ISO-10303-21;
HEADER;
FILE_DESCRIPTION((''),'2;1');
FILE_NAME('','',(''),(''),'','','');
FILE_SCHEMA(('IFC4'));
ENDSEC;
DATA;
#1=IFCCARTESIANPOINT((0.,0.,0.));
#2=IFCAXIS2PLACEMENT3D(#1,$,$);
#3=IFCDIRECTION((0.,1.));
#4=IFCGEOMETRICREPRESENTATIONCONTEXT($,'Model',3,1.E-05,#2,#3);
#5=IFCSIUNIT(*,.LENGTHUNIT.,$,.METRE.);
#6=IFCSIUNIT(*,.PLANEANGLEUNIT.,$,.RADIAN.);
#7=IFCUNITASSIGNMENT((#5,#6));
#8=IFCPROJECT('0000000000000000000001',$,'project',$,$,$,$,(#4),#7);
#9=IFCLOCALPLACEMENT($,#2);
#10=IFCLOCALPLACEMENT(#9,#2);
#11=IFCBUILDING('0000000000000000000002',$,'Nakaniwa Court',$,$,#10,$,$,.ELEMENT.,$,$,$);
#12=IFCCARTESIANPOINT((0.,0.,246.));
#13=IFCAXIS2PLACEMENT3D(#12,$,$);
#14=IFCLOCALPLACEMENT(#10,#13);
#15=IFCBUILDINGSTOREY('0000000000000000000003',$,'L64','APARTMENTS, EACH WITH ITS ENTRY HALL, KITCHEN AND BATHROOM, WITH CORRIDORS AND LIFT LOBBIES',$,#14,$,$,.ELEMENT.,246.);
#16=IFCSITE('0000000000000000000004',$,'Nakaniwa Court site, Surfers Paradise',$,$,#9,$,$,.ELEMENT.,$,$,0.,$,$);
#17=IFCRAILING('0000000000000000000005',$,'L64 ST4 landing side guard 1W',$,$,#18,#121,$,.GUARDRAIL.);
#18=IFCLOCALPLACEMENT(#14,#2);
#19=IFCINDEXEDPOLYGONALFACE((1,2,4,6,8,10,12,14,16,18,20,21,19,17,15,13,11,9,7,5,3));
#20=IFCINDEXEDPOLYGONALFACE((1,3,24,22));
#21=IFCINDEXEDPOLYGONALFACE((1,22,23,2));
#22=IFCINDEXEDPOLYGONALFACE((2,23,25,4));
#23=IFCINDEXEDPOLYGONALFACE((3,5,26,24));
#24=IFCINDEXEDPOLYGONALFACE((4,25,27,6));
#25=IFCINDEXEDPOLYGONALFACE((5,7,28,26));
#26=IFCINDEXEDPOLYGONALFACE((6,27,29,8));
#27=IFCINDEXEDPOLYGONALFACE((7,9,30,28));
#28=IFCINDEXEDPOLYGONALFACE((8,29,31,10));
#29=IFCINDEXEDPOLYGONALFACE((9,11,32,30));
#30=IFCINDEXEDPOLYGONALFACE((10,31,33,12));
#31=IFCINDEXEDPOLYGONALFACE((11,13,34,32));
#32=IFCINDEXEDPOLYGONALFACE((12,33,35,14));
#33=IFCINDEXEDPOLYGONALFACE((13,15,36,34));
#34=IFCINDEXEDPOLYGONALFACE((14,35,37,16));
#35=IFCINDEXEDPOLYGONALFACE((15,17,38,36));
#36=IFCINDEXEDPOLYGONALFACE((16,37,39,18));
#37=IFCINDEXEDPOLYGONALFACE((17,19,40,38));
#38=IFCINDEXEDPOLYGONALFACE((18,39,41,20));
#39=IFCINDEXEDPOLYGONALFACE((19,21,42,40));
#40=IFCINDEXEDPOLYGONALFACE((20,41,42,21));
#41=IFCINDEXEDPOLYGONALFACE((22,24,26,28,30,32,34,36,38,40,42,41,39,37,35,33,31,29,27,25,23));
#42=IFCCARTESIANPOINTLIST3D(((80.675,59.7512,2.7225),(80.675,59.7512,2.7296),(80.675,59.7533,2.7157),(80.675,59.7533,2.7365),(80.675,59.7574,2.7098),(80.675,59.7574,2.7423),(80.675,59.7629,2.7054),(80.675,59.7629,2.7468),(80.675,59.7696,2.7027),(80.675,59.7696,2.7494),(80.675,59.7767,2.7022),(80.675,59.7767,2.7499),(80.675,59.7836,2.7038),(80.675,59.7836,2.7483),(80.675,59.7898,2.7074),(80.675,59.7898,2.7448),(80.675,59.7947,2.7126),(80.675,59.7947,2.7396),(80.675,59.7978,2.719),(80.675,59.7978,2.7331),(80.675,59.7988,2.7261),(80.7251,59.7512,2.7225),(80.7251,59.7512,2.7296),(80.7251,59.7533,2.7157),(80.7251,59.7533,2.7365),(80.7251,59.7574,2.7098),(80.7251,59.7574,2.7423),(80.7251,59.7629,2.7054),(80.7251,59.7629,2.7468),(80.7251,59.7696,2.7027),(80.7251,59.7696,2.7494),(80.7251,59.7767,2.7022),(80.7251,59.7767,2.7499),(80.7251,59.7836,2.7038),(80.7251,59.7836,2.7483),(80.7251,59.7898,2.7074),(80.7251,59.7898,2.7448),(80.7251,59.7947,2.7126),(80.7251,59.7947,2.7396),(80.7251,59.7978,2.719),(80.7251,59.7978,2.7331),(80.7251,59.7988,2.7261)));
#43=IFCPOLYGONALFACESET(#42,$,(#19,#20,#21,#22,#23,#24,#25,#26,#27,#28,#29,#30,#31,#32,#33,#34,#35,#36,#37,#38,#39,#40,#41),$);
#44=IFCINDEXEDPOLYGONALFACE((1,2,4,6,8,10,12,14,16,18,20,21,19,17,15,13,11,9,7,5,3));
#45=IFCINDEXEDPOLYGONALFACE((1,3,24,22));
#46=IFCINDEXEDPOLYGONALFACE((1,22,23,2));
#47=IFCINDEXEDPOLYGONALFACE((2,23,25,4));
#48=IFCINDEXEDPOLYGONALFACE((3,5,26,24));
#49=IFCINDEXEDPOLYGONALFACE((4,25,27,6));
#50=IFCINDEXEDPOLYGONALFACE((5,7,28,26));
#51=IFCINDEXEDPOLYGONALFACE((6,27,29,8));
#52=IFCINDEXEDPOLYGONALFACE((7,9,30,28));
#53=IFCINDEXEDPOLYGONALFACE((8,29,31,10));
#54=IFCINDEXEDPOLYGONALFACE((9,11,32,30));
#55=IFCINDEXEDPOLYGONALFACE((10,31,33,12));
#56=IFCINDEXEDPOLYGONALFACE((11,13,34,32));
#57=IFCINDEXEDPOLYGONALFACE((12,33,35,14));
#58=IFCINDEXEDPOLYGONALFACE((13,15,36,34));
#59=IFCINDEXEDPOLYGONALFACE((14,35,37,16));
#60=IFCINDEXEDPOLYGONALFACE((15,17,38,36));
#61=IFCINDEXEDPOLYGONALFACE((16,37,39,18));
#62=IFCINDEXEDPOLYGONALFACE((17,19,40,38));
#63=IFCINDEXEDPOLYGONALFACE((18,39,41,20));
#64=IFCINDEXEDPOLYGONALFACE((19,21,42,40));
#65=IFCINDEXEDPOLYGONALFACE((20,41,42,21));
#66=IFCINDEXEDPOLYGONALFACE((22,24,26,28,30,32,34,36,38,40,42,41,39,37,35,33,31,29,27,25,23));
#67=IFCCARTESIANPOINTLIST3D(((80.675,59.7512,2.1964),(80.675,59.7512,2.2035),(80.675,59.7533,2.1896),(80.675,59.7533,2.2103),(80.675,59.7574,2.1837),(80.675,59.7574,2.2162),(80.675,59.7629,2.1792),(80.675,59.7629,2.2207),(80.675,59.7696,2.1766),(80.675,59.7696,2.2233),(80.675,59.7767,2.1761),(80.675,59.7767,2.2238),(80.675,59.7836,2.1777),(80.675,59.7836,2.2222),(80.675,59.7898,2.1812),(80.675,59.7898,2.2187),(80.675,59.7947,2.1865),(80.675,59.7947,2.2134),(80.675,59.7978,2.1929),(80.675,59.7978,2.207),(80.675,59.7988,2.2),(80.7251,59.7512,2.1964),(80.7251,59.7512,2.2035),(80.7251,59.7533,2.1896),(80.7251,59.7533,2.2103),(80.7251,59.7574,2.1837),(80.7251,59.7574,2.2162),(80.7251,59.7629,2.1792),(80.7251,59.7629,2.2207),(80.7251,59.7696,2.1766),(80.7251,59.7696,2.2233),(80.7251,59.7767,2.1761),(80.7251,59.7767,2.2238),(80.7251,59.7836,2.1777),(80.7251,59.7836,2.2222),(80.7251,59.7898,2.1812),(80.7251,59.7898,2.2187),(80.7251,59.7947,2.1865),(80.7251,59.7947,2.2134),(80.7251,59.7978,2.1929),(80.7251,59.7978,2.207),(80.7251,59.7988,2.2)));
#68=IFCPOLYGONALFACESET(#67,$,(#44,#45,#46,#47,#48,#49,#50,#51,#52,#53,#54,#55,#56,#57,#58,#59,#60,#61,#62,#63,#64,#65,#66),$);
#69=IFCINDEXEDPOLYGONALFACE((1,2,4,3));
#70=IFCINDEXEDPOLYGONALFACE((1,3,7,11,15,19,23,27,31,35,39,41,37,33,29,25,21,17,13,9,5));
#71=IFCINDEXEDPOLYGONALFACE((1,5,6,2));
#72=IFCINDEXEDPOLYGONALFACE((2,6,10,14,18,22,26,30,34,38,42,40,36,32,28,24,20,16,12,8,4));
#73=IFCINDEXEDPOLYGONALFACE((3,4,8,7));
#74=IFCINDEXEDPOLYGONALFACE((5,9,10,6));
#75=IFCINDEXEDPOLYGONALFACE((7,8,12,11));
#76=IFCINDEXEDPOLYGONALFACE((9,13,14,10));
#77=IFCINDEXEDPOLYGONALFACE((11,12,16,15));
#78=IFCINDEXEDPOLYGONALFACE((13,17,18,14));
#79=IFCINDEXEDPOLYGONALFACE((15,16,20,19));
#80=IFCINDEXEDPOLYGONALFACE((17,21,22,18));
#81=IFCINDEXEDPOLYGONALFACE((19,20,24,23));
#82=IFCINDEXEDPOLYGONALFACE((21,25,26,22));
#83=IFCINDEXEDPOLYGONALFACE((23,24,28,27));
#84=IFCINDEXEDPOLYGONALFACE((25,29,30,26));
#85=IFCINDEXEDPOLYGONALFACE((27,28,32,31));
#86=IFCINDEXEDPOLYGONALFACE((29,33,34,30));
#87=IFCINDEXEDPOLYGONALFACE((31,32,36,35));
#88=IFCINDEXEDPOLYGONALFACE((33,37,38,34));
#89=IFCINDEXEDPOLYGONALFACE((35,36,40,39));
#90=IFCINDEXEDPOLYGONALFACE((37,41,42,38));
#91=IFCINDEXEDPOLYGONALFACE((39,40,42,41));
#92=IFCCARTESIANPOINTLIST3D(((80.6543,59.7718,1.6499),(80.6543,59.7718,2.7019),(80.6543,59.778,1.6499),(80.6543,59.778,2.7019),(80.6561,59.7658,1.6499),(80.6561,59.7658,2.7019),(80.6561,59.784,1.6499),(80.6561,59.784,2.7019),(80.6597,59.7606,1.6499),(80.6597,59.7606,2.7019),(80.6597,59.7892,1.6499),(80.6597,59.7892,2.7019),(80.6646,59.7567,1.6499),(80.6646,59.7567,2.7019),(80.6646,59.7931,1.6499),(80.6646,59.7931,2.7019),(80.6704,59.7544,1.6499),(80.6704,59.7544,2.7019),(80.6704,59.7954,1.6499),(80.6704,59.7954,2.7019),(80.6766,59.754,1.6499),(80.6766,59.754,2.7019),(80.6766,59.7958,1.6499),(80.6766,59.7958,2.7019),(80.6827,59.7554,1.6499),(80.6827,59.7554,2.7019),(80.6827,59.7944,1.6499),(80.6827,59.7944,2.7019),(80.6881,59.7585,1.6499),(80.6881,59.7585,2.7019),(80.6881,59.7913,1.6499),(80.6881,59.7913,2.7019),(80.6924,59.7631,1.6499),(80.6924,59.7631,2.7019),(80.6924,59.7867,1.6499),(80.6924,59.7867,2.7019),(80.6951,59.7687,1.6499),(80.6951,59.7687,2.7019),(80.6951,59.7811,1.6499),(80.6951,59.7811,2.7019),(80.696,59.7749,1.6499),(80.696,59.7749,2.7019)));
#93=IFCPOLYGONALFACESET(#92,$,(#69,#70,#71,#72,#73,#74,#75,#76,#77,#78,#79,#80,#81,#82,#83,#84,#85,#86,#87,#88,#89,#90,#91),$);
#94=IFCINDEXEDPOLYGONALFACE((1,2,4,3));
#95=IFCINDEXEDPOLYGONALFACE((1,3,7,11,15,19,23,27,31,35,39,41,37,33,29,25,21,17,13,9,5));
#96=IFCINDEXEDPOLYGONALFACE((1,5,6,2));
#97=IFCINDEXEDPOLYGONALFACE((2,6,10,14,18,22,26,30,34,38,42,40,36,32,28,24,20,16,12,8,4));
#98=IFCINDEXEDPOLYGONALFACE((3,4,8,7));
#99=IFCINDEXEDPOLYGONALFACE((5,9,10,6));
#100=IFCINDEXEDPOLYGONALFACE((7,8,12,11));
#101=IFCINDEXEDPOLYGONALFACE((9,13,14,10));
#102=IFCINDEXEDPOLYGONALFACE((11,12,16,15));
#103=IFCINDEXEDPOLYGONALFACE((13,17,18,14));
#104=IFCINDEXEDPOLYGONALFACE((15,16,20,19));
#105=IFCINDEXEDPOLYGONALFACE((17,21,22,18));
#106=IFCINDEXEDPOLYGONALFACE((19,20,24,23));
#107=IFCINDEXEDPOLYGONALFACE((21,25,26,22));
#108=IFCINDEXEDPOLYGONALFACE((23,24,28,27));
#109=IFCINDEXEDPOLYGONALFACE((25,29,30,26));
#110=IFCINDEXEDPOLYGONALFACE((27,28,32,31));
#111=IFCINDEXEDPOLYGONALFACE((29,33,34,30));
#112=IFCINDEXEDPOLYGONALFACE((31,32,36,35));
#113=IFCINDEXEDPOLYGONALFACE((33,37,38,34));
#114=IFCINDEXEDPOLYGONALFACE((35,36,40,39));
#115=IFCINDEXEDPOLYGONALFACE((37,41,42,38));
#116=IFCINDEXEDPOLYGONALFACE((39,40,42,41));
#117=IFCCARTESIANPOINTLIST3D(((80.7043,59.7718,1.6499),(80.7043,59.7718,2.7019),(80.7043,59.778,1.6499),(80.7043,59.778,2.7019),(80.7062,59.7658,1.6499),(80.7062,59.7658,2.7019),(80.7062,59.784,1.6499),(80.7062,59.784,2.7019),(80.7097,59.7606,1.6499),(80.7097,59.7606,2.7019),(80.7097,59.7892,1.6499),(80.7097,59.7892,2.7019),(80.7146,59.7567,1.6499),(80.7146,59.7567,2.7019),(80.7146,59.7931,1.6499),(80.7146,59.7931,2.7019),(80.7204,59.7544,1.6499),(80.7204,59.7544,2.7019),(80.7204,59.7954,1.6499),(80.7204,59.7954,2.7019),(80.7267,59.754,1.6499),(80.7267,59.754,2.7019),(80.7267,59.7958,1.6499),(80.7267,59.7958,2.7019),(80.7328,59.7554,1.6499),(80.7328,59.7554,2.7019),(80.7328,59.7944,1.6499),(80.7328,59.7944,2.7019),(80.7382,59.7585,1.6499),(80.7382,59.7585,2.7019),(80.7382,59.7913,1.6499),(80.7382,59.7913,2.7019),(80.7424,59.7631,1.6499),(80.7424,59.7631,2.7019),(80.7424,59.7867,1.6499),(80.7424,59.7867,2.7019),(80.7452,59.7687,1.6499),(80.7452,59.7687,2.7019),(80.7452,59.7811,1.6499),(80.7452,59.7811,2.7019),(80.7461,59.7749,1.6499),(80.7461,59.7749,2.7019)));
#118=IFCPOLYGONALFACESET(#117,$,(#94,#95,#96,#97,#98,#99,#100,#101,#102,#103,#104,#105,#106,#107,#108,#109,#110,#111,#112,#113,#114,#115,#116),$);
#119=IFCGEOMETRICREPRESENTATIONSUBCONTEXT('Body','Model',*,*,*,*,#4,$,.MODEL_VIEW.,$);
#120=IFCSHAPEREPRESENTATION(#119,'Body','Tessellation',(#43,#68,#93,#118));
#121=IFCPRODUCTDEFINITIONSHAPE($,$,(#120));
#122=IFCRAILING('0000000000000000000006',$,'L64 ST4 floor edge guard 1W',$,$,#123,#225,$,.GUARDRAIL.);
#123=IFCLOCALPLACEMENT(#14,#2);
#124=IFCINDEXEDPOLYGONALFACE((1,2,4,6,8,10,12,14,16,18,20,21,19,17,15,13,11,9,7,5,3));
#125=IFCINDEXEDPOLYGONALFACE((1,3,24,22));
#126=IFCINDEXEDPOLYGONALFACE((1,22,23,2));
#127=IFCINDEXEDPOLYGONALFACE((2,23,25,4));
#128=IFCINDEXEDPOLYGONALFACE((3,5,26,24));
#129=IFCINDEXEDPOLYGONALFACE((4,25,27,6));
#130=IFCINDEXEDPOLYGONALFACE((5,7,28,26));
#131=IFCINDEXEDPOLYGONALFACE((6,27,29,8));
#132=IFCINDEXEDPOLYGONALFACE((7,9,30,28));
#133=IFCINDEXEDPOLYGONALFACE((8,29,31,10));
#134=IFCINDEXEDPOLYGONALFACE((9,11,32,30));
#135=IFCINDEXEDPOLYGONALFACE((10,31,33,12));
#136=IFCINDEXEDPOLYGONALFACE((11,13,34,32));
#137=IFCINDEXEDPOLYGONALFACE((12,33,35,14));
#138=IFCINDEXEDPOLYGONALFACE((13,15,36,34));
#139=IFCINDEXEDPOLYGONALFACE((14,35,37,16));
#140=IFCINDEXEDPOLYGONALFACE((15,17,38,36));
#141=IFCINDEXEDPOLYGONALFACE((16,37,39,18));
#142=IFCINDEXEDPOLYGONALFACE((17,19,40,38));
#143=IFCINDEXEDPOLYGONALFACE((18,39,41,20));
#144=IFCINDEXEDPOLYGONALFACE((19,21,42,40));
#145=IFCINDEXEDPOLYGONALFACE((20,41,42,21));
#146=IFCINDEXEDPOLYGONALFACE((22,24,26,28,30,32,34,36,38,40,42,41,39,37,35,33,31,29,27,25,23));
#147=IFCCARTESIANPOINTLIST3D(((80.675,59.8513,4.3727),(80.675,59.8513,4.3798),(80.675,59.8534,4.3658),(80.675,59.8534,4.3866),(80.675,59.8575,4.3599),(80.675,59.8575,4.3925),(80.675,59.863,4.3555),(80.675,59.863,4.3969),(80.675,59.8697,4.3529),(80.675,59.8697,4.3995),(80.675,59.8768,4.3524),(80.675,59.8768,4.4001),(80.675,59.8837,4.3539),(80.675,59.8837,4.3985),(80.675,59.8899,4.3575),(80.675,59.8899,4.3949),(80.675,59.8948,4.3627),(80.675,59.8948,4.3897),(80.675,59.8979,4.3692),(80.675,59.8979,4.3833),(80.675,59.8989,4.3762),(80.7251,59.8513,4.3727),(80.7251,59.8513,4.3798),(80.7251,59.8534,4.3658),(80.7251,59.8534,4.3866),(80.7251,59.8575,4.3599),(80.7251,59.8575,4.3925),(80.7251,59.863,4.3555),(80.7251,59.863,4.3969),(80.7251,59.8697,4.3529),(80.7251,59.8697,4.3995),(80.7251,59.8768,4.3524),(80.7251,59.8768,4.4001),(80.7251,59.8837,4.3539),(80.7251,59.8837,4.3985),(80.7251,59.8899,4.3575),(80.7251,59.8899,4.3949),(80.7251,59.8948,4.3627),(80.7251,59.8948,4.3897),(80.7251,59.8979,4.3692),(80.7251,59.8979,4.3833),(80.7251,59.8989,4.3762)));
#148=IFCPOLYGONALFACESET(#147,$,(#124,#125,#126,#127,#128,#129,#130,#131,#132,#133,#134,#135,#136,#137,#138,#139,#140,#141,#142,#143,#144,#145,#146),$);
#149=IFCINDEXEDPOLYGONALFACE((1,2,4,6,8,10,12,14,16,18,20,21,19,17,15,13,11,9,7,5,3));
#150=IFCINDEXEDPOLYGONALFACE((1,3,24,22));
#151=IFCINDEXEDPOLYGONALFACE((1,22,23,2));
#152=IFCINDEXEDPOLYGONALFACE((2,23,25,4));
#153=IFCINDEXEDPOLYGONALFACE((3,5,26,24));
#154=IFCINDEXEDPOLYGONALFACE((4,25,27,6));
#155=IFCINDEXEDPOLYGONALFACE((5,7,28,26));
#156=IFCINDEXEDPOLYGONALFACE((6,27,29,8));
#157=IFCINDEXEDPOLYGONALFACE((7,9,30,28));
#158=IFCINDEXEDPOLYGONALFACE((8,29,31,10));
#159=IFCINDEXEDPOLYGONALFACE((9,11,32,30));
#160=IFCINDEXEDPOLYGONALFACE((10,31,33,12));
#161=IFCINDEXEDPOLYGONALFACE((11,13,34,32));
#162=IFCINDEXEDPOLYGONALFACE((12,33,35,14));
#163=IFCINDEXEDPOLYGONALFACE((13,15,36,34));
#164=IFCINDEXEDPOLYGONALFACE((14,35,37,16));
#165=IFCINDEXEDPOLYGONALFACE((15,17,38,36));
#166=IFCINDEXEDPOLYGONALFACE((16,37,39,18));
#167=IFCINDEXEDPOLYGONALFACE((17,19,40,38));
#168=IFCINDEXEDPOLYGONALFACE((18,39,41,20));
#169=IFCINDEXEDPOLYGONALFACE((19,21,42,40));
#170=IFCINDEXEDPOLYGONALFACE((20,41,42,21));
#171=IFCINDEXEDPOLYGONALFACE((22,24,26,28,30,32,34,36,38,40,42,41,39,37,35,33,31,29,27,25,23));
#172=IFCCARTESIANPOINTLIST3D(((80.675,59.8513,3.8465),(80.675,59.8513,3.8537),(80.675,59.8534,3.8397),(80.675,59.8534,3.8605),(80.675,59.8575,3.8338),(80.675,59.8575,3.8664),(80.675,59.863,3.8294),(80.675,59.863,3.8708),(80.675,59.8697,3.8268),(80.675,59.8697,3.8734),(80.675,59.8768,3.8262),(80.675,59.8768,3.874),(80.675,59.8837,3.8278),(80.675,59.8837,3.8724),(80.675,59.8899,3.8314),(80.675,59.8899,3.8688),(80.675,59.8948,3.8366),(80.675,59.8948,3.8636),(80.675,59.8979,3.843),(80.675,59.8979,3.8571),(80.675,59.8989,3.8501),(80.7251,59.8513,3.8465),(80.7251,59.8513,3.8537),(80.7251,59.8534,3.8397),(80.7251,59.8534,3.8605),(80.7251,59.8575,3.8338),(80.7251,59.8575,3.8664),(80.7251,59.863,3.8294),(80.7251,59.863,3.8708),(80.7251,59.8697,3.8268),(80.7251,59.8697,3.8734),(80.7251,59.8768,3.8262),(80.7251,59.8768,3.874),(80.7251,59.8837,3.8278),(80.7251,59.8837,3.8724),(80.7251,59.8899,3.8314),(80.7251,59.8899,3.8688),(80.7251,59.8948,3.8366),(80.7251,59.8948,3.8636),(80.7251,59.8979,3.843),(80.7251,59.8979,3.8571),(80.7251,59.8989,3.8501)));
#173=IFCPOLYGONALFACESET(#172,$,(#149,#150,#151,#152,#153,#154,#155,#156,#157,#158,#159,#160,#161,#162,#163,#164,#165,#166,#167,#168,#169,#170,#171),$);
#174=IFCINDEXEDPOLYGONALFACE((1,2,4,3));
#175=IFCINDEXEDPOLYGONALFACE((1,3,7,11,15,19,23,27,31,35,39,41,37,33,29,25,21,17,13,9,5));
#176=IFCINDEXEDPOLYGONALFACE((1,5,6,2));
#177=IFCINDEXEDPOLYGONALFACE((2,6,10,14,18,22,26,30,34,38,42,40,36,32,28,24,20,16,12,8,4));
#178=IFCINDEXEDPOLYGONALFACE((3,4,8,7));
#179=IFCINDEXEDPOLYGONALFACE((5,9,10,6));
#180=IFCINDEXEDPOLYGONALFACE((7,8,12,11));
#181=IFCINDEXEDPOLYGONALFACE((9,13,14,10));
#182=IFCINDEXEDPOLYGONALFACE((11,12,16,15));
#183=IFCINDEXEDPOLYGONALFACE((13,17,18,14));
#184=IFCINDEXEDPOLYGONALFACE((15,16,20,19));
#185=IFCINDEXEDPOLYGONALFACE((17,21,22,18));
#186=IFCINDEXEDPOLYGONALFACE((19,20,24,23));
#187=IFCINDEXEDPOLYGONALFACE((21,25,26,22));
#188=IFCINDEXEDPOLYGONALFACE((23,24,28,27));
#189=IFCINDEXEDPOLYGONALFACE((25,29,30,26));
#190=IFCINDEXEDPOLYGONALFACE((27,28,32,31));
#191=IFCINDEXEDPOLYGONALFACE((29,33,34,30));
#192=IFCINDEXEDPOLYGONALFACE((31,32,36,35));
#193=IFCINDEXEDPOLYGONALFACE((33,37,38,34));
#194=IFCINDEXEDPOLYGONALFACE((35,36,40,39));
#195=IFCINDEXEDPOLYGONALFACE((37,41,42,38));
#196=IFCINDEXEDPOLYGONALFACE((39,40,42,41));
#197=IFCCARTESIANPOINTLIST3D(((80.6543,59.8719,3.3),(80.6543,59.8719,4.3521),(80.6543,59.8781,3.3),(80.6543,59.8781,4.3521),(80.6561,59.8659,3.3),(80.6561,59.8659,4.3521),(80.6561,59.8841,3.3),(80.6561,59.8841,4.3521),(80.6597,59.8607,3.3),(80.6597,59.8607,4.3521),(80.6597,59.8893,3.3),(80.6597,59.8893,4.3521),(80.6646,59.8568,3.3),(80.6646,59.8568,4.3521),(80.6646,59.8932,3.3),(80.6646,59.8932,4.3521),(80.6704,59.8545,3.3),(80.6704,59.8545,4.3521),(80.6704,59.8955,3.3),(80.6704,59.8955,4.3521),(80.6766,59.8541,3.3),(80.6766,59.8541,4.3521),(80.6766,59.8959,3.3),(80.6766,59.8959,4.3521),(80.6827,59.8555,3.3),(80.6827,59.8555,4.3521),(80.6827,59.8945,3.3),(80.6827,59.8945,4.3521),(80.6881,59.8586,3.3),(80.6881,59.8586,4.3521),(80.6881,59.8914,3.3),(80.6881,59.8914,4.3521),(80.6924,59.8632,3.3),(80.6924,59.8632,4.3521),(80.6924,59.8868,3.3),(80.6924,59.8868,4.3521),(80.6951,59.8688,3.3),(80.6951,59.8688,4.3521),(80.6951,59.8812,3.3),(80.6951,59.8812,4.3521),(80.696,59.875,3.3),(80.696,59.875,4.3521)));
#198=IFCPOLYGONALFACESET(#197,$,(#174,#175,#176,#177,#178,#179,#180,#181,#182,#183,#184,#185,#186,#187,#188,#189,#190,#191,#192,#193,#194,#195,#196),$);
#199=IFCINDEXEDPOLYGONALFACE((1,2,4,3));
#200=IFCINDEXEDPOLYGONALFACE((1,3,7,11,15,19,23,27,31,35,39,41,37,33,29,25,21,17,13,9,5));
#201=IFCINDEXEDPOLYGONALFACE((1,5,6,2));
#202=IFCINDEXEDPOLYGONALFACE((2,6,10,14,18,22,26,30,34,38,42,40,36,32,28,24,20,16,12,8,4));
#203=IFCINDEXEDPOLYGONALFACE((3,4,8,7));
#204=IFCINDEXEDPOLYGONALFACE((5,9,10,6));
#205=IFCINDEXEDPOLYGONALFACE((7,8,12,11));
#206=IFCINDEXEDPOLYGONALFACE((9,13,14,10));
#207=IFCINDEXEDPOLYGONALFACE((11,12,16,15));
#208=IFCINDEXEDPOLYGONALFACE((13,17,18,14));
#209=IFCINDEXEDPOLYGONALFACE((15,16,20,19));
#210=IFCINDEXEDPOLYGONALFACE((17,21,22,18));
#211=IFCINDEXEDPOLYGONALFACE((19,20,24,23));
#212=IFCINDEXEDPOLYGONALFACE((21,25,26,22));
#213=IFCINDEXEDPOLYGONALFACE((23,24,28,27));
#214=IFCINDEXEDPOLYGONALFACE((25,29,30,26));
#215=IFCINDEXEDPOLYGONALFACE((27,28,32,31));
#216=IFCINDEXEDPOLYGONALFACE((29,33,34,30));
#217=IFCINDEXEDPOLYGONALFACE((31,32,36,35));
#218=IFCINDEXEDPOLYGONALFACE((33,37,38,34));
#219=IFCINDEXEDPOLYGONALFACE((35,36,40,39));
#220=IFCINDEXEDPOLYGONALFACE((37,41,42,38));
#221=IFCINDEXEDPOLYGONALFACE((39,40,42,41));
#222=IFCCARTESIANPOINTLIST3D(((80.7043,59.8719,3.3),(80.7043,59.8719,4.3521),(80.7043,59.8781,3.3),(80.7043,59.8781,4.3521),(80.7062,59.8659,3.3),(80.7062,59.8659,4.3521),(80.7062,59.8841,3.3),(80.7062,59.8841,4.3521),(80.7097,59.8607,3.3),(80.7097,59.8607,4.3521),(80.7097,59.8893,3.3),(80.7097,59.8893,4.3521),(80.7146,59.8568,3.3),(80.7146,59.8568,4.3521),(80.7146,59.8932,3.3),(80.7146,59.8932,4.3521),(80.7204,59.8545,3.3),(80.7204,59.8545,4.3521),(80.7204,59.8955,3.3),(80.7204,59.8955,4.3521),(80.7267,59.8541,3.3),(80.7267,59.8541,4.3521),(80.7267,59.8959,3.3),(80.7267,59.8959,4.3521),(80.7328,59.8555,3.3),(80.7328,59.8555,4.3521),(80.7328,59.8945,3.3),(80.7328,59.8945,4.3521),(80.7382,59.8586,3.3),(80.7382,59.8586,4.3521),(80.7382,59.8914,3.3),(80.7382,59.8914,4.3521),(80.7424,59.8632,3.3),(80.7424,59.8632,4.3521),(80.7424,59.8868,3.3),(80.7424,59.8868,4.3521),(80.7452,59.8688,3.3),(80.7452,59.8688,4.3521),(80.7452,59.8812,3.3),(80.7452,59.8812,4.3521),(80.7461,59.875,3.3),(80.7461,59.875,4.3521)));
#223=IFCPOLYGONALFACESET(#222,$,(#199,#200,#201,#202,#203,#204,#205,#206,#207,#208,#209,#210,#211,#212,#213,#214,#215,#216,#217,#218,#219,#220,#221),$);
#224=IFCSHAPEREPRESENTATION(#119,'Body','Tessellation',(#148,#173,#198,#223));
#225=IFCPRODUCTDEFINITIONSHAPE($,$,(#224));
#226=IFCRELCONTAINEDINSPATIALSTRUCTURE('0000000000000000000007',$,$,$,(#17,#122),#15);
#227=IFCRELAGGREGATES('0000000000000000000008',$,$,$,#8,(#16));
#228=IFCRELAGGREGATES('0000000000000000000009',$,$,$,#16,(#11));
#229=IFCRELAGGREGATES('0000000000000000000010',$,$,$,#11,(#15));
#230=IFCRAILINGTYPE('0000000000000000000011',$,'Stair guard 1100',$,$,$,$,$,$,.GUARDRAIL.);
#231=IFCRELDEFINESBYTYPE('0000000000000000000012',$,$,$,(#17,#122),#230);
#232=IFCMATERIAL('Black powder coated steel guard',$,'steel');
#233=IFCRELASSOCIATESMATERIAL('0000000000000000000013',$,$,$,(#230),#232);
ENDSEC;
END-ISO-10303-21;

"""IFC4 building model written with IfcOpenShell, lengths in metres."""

from ifc_helpers import new_model, si_unit, direction, frame, origin, origin_2d, place, context, subcontext, project, spatial, circle, extrude, material, type_object, element, save


model = new_model("IFC4")

# Units and contexts
model_context = context("Model", 3, precision=1e-05, world=origin(), true_north=direction((0.0, 1.0)))
body_context = subcontext(model_context, "Body", "Model", "MODEL_VIEW")
ifc_project = project(units=[si_unit("LENGTHUNIT", "METRE"), si_unit("PLANEANGLEUNIT", "RADIAN")], contexts=[model_context])

# Site, building, storey
site_placement = place(None, origin())
site = spatial("IfcSite", under=ifc_project, at=site_placement, Name="Nakaniwa Court site, Surfers Paradise", CompositionType="ELEMENT", RefElevation=0.0)
building_placement = place(site_placement, origin())
building = spatial("IfcBuilding", under=site, at=building_placement, Name="Nakaniwa Court", CompositionType="ELEMENT")
storey_placement = place(building_placement, frame((0.0, 0.0, 246.0)))
storey = spatial("IfcBuildingStorey", under=building, at=storey_placement, Name="L64", Description="APARTMENTS, EACH WITH ITS ENTRY HALL, KITCHEN AND BATHROOM, WITH CORRIDORS AND LIFT LOBBIES", CompositionType="ELEMENT", Elevation=246.0)

# Railings
ifc_material_1 = material(Name="Black powder coated steel guard", Category="steel")
railing_type_1 = type_object("IfcRailingType", Name="Stair guard 1100", PredefinedType="GUARDRAIL", material=ifc_material_1)
for number, where, name in (
    (1, (80.675, 59.7749, 1.6499), "L64 ST4 landing side guard 1W"),
    (2, (80.675, 59.875, 3.3), "L64 ST4 floor edge guard 1W"),
):
    element("IfcRailing", number, at=place(storey_placement, frame(where)), inside=storey, type_object=railing_type_1, Name=name, PredefinedType="GUARDRAIL", context=body_context, shape_type="SweptSolid", body=[
        extrude(circle(Radius=0.0239, at=origin_2d()), frame((0.0, 0.0, 1.0762), z_axis=(1.0, 0.0, 0.0), x_axis=(0.0, 1.0, 0.0)), (0.0, 0.0, 1.0), 0.05),
        extrude(circle(Radius=0.0239, at=origin_2d()), frame((0.0, 0.0, 0.55), z_axis=(1.0, 0.0, 0.0), x_axis=(0.0, 1.0, 0.0)), (0.0, 0.0, 1.0), 0.05),
        extrude(circle(Radius=0.021, at=origin_2d()), origin(), (0.0, 0.0, 1.0), 1.052),
        extrude(circle(Radius=0.021, at=origin_2d()), frame((0.05, 0.0, 0.0)), (0.0, 0.0, 1.0), 1.052),
    ])

save(model, "model.ifc")
